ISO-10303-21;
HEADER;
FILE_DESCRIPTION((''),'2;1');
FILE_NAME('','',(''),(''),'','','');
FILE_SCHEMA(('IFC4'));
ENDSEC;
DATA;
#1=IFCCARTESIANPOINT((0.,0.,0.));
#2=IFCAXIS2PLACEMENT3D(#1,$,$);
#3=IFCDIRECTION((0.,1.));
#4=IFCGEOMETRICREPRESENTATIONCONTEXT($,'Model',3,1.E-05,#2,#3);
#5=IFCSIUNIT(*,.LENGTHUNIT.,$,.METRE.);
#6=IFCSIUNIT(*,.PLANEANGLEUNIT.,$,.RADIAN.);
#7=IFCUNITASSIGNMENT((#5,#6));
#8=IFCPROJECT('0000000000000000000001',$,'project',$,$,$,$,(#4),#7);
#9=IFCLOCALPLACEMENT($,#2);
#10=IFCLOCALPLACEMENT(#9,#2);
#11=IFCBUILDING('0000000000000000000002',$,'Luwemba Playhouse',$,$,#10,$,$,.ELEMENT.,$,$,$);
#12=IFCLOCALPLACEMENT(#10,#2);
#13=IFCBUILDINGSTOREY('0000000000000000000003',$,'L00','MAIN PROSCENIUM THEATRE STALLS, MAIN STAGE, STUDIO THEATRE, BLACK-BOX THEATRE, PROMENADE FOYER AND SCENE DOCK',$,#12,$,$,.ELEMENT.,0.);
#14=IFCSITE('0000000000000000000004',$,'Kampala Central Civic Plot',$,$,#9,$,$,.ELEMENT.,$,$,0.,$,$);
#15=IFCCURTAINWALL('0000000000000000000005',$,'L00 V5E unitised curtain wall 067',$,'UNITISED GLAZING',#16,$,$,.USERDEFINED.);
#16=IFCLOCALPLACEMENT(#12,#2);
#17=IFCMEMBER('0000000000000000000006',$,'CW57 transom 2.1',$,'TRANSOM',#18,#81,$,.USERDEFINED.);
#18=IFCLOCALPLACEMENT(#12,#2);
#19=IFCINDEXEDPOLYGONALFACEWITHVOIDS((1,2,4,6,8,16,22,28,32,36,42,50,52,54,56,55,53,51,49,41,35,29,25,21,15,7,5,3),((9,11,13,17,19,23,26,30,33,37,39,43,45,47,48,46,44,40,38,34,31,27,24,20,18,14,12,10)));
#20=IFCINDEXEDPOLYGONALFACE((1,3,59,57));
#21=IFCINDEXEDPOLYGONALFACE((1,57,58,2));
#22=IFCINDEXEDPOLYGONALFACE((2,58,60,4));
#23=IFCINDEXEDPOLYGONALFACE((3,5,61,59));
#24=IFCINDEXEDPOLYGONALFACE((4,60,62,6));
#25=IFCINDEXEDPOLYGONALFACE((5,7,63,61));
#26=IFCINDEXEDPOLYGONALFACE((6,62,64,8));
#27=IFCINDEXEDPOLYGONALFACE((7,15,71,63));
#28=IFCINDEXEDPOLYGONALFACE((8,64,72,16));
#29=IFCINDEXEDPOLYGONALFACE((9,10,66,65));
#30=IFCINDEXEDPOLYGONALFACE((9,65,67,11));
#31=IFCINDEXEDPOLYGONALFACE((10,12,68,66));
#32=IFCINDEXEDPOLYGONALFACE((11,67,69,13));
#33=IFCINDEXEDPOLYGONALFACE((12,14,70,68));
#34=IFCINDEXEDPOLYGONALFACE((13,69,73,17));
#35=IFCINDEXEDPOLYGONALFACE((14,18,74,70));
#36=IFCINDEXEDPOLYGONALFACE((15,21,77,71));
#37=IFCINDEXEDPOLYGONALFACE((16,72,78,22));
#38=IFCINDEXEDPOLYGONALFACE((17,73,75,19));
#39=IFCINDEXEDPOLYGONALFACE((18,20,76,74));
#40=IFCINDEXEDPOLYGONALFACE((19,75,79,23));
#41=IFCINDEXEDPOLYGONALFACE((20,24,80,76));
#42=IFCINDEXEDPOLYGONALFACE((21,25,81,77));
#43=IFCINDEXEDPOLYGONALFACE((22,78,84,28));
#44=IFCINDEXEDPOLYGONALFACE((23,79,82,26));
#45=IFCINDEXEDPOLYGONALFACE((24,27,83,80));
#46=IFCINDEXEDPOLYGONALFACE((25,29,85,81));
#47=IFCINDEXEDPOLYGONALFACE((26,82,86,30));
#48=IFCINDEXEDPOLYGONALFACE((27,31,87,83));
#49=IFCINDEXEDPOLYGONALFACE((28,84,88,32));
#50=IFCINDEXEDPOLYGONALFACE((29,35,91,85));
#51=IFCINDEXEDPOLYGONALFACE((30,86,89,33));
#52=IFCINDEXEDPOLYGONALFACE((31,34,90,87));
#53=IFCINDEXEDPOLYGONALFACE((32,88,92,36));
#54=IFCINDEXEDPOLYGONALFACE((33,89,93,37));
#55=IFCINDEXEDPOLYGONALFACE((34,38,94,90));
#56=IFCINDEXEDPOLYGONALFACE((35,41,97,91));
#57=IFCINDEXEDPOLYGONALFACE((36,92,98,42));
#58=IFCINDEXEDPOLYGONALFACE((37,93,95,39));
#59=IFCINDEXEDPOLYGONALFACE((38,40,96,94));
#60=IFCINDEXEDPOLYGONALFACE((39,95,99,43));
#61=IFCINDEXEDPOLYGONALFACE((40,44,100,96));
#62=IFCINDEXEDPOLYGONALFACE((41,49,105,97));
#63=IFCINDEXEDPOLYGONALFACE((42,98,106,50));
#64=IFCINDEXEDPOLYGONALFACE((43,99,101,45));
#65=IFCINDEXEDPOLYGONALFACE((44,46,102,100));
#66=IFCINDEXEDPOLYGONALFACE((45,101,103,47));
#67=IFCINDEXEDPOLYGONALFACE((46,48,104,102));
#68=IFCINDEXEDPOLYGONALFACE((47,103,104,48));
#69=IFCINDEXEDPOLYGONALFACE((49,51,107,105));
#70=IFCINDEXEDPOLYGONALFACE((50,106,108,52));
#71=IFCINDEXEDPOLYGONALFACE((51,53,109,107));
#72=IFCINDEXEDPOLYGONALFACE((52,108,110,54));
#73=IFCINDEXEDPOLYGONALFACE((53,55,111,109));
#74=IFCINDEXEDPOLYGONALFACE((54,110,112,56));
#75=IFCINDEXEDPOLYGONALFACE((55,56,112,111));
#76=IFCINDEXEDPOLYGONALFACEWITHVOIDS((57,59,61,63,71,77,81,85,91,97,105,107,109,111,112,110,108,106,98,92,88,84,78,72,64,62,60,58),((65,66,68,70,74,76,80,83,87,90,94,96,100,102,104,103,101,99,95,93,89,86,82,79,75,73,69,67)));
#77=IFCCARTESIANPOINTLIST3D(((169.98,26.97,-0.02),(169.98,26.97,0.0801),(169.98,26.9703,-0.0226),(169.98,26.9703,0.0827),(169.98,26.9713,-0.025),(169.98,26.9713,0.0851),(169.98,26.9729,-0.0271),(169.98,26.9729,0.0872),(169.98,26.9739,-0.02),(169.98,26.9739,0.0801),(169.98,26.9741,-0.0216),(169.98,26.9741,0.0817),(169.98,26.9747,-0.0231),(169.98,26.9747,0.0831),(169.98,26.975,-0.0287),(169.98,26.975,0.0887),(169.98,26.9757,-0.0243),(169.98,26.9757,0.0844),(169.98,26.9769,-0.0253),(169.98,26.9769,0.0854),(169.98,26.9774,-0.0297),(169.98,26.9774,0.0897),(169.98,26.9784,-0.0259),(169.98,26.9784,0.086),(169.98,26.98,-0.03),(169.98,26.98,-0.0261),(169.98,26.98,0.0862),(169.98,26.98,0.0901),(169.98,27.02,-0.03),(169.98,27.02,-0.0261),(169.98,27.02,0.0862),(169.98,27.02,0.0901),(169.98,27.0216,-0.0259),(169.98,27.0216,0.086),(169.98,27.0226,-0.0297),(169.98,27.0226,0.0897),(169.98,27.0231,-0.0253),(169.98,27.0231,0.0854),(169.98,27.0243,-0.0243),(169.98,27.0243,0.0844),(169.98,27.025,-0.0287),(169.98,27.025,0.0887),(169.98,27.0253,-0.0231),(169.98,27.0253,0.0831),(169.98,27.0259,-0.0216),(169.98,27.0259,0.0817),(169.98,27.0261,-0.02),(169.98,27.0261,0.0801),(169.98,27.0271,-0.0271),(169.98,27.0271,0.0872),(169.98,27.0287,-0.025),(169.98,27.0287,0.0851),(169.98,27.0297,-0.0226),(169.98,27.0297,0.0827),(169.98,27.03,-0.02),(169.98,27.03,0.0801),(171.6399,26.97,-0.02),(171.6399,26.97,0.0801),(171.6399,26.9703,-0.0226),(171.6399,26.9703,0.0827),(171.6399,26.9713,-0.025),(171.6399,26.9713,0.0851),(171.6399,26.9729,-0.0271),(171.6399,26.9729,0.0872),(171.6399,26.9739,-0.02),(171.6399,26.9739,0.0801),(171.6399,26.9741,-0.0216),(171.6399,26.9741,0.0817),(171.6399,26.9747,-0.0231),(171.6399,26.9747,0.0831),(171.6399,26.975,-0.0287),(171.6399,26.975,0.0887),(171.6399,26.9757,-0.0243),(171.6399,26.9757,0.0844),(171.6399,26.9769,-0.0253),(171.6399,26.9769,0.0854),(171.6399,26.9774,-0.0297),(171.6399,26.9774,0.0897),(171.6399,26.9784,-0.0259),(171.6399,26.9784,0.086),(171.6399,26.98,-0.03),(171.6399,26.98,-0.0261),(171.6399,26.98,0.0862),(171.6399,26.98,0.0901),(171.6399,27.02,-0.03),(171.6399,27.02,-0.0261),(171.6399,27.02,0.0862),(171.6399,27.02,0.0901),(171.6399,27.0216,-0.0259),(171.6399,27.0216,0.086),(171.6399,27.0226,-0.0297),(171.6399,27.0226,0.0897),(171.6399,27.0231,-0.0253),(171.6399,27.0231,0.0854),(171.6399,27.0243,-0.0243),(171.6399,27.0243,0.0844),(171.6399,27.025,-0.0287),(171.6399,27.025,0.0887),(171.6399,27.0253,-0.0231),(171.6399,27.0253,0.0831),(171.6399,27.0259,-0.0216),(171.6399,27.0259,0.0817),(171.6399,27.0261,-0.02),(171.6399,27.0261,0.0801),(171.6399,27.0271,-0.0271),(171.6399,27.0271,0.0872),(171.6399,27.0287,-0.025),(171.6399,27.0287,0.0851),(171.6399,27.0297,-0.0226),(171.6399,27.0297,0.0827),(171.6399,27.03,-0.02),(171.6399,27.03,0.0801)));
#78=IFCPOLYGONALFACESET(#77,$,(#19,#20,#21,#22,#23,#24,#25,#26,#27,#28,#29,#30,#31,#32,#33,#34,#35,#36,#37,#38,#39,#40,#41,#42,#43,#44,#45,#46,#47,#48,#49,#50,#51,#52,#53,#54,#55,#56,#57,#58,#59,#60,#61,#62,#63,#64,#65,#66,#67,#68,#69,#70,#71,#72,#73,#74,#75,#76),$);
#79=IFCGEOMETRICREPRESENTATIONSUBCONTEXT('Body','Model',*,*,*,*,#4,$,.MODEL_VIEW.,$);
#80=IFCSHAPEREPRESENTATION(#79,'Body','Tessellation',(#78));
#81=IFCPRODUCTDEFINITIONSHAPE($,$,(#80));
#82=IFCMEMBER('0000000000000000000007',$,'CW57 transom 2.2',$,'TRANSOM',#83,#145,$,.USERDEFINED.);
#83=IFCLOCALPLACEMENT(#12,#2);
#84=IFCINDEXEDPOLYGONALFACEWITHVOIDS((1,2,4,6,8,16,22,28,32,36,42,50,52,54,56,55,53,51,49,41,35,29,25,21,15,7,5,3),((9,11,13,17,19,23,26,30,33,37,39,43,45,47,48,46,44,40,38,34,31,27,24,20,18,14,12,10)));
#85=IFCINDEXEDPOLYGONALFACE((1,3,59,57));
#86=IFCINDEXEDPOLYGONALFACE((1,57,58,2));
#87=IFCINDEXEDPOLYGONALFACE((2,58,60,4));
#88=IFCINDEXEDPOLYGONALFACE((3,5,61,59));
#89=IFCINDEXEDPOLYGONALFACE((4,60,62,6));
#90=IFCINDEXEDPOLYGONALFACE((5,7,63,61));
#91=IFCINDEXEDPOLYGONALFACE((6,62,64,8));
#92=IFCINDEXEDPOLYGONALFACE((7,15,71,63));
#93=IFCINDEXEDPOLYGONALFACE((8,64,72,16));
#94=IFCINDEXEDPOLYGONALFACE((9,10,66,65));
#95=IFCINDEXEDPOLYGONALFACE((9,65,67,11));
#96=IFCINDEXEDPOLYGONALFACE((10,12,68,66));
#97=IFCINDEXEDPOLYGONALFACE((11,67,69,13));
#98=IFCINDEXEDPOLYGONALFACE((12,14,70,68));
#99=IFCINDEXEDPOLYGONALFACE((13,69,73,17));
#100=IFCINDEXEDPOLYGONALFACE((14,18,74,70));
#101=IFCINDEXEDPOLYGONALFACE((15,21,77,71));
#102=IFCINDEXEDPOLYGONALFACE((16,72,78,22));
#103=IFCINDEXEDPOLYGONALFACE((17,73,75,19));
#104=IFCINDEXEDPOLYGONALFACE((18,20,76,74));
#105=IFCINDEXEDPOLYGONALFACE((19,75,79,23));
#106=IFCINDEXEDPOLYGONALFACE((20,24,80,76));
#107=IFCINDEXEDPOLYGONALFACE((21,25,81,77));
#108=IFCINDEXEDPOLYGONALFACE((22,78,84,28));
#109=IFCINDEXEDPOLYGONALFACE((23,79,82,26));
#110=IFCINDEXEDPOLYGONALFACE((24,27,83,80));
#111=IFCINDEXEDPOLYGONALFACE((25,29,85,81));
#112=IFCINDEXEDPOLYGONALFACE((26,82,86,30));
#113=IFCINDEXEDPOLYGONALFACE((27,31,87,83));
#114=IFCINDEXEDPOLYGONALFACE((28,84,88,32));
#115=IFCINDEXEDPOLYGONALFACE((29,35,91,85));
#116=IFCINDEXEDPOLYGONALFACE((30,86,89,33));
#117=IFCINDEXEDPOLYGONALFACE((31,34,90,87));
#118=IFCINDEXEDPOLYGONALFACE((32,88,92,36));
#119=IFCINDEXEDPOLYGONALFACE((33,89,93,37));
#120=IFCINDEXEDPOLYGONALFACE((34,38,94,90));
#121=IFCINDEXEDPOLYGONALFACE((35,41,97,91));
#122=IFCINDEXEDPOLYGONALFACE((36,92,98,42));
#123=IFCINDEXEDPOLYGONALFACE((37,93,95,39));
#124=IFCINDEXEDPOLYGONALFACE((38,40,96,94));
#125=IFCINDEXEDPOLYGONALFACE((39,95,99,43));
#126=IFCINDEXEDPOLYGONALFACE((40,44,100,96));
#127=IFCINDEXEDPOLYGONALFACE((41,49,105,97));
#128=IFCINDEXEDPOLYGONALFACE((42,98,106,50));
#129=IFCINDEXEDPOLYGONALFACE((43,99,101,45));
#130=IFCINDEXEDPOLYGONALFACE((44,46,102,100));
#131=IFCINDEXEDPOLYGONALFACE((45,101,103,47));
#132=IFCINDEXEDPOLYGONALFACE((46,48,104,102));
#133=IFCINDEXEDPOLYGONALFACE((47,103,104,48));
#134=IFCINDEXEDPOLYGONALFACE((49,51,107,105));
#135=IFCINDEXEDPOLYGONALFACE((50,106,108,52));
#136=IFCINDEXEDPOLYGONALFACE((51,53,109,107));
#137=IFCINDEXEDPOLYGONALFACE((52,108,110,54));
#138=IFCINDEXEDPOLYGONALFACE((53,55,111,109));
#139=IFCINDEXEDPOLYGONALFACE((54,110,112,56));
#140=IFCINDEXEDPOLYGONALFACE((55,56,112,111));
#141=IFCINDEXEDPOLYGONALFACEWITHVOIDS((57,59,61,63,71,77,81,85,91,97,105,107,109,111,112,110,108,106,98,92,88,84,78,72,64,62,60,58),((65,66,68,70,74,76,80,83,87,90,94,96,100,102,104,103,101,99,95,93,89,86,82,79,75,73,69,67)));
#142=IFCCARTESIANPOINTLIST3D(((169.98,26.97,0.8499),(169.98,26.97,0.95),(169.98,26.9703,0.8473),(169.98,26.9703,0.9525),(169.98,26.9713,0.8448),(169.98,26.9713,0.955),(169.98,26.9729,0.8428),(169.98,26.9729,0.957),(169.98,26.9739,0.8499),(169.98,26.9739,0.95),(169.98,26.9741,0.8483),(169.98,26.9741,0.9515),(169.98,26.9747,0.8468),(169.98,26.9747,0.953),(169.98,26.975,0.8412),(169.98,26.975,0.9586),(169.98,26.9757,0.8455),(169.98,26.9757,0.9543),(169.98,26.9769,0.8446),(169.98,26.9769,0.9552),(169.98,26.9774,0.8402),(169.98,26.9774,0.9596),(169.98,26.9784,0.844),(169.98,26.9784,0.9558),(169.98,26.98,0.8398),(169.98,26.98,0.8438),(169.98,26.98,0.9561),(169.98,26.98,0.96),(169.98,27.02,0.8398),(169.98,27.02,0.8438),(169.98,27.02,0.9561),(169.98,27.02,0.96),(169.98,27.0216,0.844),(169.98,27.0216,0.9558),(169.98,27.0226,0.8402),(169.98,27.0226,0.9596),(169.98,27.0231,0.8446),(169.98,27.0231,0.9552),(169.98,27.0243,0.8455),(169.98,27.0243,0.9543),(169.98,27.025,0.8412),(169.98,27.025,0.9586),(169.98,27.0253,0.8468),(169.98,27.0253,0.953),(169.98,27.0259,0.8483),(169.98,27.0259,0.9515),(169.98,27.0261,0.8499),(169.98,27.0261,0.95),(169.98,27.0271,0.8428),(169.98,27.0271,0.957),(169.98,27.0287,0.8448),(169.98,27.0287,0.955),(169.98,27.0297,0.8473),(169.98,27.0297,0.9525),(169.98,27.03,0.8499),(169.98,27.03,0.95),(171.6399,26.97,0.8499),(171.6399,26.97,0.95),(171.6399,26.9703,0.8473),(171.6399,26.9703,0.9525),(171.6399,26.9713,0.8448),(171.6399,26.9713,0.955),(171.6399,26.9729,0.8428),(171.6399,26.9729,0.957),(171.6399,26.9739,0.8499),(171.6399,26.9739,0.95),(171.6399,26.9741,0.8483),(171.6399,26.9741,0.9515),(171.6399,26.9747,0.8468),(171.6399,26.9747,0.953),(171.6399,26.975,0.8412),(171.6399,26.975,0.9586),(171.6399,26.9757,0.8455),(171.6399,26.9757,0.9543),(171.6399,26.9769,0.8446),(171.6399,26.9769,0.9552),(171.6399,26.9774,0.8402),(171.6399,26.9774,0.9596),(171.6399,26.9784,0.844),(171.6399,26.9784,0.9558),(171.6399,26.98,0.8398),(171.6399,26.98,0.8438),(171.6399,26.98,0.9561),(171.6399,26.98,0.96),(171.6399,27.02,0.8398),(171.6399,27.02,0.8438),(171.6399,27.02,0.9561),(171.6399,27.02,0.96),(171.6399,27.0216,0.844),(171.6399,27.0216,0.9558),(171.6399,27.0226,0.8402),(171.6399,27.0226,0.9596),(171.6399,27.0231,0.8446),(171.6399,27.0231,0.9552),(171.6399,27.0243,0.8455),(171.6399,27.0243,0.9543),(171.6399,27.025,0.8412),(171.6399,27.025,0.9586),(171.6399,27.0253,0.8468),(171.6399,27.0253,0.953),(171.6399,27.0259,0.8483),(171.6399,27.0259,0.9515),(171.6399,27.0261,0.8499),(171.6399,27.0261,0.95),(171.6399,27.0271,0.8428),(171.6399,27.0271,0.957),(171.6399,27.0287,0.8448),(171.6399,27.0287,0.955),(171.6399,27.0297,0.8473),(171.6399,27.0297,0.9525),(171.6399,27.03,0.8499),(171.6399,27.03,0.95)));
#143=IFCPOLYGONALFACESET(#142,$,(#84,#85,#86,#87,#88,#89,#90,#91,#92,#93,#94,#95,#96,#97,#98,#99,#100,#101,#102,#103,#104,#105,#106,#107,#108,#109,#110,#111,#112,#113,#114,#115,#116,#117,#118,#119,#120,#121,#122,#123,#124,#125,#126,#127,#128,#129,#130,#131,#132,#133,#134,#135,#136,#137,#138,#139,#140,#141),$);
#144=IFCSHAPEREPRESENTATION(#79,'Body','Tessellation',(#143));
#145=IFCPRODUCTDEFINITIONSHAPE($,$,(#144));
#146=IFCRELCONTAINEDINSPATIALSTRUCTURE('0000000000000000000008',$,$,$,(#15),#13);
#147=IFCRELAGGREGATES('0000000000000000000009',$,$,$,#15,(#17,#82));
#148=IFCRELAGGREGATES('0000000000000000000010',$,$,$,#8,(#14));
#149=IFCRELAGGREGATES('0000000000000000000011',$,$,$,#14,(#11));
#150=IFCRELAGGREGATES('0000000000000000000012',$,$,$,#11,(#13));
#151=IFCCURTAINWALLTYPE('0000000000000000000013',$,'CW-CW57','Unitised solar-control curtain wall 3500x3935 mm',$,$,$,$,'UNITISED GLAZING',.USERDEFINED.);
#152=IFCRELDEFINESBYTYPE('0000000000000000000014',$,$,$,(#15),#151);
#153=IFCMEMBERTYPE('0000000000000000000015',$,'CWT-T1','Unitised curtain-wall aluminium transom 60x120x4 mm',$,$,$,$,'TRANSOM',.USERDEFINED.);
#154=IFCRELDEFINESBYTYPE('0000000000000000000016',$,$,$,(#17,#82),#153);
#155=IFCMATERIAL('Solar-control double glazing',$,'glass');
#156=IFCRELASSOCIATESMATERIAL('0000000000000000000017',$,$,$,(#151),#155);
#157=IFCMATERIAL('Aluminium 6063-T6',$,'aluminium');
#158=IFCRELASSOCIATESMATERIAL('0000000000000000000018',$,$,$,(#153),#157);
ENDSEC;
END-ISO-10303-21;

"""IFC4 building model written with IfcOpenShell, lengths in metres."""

from ifc_helpers import new_model, si_unit, direction, frame, origin, origin_2d, place, context, subcontext, project, spatial, hollow_rectangle, extrude, material, material_profile, profile_set, type_object, element, aggregate, save


model = new_model("IFC4")

# Units and contexts
model_context = context("Model", 3, precision=1e-05, world=origin(), true_north=direction((0.0, 1.0)))
body_context = subcontext(model_context, "Body", "Model", "MODEL_VIEW")
ifc_project = project(units=[si_unit("LENGTHUNIT", "METRE"), si_unit("PLANEANGLEUNIT", "RADIAN")], contexts=[model_context])

# Site, building, storey
site_placement = place(None, origin())
site = spatial("IfcSite", under=ifc_project, at=site_placement, Name="Kampala Central Civic Plot", CompositionType="ELEMENT", RefElevation=0.0)
building_placement = place(site_placement, origin())
building = spatial("IfcBuilding", under=site, at=building_placement, Name="Luwemba Playhouse", CompositionType="ELEMENT")
storey_placement = place(building_placement, origin())
storey = spatial("IfcBuildingStorey", under=building, at=storey_placement, Name="L00", Description="MAIN PROSCENIUM THEATRE STALLS, MAIN STAGE, STUDIO THEATRE, BLACK-BOX THEATRE, PROMENADE FOYER AND SCENE DOCK", CompositionType="ELEMENT", Elevation=0.0)

# Curtain wall
ifc_material_1 = material(Name="Solar-control double glazing", Category="glass")
curtain_wall_type_1 = type_object("IfcCurtainWallType", Name="CW-CW57", Description="Unitised solar-control curtain wall 3500x3935 mm", ElementType="UNITISED GLAZING", PredefinedType="USERDEFINED", material=ifc_material_1)
curtain_wall_1_placement = place(storey_placement, origin())
curtain_wall_1 = element("IfcCurtainWall", 1, at=curtain_wall_1_placement, inside=storey, type_object=curtain_wall_type_1, Name="L00 V5E unitised curtain wall 067", ObjectType="UNITISED GLAZING", PredefinedType="USERDEFINED")
ifc_material_2 = material(Name="Aluminium 6063-T6", Category="aluminium")

# Members
ifc_material_profile_1 = material_profile(ifc_material_2, hollow_rectangle(XDim=0.0601, YDim=0.1201, WallThickness=0.0039, InnerFilletRadius=0.0061, OuterFilletRadius=0.01, at=origin_2d()))
ifc_profile_set_1 = profile_set([ifc_material_profile_1], Name="Aluminium 6063-T6")
member_type_1 = type_object("IfcMemberType", Name="CWT-T1", Description="Unitised curtain-wall aluminium transom 60x120x4 mm", ElementType="TRANSOM", PredefinedType="USERDEFINED", material=ifc_profile_set_1)
member_1_placement = place(storey_placement, frame((169.98, 27.0, 0.03), z_axis=(1.0, 0.0, 0.0), x_axis=(0.0, 1.0, 0.0)))
member_1 = element("IfcMember", 2, at=member_1_placement, type_object=member_type_1, Name="CW57 transom 2.1", ObjectType="TRANSOM", PredefinedType="USERDEFINED", context=body_context, shape_type="SweptSolid", body=[
    extrude(hollow_rectangle(XDim=0.0601, YDim=0.1201, WallThickness=0.0039, InnerFilletRadius=0.0061, OuterFilletRadius=0.01, at=origin_2d()), origin(), (0.0, 0.0, 1.0), 1.6599),
])
member_2_placement = place(storey_placement, frame((169.98, 27.0, 0.8999), z_axis=(1.0, 0.0, 0.0), x_axis=(0.0, 1.0, 0.0)))
member_2 = element("IfcMember", 3, at=member_2_placement, type_object=member_type_1, Name="CW57 transom 2.2", ObjectType="TRANSOM", PredefinedType="USERDEFINED", context=body_context, shape_type="SweptSolid", body=[
    extrude(hollow_rectangle(XDim=0.0601, YDim=0.1201, WallThickness=0.0039, InnerFilletRadius=0.0061, OuterFilletRadius=0.01, at=origin_2d()), origin(), (0.0, 0.0, 1.0), 1.6599),
])

aggregate(curtain_wall_1, [member_1, member_2])

save(model, "model.ifc")
